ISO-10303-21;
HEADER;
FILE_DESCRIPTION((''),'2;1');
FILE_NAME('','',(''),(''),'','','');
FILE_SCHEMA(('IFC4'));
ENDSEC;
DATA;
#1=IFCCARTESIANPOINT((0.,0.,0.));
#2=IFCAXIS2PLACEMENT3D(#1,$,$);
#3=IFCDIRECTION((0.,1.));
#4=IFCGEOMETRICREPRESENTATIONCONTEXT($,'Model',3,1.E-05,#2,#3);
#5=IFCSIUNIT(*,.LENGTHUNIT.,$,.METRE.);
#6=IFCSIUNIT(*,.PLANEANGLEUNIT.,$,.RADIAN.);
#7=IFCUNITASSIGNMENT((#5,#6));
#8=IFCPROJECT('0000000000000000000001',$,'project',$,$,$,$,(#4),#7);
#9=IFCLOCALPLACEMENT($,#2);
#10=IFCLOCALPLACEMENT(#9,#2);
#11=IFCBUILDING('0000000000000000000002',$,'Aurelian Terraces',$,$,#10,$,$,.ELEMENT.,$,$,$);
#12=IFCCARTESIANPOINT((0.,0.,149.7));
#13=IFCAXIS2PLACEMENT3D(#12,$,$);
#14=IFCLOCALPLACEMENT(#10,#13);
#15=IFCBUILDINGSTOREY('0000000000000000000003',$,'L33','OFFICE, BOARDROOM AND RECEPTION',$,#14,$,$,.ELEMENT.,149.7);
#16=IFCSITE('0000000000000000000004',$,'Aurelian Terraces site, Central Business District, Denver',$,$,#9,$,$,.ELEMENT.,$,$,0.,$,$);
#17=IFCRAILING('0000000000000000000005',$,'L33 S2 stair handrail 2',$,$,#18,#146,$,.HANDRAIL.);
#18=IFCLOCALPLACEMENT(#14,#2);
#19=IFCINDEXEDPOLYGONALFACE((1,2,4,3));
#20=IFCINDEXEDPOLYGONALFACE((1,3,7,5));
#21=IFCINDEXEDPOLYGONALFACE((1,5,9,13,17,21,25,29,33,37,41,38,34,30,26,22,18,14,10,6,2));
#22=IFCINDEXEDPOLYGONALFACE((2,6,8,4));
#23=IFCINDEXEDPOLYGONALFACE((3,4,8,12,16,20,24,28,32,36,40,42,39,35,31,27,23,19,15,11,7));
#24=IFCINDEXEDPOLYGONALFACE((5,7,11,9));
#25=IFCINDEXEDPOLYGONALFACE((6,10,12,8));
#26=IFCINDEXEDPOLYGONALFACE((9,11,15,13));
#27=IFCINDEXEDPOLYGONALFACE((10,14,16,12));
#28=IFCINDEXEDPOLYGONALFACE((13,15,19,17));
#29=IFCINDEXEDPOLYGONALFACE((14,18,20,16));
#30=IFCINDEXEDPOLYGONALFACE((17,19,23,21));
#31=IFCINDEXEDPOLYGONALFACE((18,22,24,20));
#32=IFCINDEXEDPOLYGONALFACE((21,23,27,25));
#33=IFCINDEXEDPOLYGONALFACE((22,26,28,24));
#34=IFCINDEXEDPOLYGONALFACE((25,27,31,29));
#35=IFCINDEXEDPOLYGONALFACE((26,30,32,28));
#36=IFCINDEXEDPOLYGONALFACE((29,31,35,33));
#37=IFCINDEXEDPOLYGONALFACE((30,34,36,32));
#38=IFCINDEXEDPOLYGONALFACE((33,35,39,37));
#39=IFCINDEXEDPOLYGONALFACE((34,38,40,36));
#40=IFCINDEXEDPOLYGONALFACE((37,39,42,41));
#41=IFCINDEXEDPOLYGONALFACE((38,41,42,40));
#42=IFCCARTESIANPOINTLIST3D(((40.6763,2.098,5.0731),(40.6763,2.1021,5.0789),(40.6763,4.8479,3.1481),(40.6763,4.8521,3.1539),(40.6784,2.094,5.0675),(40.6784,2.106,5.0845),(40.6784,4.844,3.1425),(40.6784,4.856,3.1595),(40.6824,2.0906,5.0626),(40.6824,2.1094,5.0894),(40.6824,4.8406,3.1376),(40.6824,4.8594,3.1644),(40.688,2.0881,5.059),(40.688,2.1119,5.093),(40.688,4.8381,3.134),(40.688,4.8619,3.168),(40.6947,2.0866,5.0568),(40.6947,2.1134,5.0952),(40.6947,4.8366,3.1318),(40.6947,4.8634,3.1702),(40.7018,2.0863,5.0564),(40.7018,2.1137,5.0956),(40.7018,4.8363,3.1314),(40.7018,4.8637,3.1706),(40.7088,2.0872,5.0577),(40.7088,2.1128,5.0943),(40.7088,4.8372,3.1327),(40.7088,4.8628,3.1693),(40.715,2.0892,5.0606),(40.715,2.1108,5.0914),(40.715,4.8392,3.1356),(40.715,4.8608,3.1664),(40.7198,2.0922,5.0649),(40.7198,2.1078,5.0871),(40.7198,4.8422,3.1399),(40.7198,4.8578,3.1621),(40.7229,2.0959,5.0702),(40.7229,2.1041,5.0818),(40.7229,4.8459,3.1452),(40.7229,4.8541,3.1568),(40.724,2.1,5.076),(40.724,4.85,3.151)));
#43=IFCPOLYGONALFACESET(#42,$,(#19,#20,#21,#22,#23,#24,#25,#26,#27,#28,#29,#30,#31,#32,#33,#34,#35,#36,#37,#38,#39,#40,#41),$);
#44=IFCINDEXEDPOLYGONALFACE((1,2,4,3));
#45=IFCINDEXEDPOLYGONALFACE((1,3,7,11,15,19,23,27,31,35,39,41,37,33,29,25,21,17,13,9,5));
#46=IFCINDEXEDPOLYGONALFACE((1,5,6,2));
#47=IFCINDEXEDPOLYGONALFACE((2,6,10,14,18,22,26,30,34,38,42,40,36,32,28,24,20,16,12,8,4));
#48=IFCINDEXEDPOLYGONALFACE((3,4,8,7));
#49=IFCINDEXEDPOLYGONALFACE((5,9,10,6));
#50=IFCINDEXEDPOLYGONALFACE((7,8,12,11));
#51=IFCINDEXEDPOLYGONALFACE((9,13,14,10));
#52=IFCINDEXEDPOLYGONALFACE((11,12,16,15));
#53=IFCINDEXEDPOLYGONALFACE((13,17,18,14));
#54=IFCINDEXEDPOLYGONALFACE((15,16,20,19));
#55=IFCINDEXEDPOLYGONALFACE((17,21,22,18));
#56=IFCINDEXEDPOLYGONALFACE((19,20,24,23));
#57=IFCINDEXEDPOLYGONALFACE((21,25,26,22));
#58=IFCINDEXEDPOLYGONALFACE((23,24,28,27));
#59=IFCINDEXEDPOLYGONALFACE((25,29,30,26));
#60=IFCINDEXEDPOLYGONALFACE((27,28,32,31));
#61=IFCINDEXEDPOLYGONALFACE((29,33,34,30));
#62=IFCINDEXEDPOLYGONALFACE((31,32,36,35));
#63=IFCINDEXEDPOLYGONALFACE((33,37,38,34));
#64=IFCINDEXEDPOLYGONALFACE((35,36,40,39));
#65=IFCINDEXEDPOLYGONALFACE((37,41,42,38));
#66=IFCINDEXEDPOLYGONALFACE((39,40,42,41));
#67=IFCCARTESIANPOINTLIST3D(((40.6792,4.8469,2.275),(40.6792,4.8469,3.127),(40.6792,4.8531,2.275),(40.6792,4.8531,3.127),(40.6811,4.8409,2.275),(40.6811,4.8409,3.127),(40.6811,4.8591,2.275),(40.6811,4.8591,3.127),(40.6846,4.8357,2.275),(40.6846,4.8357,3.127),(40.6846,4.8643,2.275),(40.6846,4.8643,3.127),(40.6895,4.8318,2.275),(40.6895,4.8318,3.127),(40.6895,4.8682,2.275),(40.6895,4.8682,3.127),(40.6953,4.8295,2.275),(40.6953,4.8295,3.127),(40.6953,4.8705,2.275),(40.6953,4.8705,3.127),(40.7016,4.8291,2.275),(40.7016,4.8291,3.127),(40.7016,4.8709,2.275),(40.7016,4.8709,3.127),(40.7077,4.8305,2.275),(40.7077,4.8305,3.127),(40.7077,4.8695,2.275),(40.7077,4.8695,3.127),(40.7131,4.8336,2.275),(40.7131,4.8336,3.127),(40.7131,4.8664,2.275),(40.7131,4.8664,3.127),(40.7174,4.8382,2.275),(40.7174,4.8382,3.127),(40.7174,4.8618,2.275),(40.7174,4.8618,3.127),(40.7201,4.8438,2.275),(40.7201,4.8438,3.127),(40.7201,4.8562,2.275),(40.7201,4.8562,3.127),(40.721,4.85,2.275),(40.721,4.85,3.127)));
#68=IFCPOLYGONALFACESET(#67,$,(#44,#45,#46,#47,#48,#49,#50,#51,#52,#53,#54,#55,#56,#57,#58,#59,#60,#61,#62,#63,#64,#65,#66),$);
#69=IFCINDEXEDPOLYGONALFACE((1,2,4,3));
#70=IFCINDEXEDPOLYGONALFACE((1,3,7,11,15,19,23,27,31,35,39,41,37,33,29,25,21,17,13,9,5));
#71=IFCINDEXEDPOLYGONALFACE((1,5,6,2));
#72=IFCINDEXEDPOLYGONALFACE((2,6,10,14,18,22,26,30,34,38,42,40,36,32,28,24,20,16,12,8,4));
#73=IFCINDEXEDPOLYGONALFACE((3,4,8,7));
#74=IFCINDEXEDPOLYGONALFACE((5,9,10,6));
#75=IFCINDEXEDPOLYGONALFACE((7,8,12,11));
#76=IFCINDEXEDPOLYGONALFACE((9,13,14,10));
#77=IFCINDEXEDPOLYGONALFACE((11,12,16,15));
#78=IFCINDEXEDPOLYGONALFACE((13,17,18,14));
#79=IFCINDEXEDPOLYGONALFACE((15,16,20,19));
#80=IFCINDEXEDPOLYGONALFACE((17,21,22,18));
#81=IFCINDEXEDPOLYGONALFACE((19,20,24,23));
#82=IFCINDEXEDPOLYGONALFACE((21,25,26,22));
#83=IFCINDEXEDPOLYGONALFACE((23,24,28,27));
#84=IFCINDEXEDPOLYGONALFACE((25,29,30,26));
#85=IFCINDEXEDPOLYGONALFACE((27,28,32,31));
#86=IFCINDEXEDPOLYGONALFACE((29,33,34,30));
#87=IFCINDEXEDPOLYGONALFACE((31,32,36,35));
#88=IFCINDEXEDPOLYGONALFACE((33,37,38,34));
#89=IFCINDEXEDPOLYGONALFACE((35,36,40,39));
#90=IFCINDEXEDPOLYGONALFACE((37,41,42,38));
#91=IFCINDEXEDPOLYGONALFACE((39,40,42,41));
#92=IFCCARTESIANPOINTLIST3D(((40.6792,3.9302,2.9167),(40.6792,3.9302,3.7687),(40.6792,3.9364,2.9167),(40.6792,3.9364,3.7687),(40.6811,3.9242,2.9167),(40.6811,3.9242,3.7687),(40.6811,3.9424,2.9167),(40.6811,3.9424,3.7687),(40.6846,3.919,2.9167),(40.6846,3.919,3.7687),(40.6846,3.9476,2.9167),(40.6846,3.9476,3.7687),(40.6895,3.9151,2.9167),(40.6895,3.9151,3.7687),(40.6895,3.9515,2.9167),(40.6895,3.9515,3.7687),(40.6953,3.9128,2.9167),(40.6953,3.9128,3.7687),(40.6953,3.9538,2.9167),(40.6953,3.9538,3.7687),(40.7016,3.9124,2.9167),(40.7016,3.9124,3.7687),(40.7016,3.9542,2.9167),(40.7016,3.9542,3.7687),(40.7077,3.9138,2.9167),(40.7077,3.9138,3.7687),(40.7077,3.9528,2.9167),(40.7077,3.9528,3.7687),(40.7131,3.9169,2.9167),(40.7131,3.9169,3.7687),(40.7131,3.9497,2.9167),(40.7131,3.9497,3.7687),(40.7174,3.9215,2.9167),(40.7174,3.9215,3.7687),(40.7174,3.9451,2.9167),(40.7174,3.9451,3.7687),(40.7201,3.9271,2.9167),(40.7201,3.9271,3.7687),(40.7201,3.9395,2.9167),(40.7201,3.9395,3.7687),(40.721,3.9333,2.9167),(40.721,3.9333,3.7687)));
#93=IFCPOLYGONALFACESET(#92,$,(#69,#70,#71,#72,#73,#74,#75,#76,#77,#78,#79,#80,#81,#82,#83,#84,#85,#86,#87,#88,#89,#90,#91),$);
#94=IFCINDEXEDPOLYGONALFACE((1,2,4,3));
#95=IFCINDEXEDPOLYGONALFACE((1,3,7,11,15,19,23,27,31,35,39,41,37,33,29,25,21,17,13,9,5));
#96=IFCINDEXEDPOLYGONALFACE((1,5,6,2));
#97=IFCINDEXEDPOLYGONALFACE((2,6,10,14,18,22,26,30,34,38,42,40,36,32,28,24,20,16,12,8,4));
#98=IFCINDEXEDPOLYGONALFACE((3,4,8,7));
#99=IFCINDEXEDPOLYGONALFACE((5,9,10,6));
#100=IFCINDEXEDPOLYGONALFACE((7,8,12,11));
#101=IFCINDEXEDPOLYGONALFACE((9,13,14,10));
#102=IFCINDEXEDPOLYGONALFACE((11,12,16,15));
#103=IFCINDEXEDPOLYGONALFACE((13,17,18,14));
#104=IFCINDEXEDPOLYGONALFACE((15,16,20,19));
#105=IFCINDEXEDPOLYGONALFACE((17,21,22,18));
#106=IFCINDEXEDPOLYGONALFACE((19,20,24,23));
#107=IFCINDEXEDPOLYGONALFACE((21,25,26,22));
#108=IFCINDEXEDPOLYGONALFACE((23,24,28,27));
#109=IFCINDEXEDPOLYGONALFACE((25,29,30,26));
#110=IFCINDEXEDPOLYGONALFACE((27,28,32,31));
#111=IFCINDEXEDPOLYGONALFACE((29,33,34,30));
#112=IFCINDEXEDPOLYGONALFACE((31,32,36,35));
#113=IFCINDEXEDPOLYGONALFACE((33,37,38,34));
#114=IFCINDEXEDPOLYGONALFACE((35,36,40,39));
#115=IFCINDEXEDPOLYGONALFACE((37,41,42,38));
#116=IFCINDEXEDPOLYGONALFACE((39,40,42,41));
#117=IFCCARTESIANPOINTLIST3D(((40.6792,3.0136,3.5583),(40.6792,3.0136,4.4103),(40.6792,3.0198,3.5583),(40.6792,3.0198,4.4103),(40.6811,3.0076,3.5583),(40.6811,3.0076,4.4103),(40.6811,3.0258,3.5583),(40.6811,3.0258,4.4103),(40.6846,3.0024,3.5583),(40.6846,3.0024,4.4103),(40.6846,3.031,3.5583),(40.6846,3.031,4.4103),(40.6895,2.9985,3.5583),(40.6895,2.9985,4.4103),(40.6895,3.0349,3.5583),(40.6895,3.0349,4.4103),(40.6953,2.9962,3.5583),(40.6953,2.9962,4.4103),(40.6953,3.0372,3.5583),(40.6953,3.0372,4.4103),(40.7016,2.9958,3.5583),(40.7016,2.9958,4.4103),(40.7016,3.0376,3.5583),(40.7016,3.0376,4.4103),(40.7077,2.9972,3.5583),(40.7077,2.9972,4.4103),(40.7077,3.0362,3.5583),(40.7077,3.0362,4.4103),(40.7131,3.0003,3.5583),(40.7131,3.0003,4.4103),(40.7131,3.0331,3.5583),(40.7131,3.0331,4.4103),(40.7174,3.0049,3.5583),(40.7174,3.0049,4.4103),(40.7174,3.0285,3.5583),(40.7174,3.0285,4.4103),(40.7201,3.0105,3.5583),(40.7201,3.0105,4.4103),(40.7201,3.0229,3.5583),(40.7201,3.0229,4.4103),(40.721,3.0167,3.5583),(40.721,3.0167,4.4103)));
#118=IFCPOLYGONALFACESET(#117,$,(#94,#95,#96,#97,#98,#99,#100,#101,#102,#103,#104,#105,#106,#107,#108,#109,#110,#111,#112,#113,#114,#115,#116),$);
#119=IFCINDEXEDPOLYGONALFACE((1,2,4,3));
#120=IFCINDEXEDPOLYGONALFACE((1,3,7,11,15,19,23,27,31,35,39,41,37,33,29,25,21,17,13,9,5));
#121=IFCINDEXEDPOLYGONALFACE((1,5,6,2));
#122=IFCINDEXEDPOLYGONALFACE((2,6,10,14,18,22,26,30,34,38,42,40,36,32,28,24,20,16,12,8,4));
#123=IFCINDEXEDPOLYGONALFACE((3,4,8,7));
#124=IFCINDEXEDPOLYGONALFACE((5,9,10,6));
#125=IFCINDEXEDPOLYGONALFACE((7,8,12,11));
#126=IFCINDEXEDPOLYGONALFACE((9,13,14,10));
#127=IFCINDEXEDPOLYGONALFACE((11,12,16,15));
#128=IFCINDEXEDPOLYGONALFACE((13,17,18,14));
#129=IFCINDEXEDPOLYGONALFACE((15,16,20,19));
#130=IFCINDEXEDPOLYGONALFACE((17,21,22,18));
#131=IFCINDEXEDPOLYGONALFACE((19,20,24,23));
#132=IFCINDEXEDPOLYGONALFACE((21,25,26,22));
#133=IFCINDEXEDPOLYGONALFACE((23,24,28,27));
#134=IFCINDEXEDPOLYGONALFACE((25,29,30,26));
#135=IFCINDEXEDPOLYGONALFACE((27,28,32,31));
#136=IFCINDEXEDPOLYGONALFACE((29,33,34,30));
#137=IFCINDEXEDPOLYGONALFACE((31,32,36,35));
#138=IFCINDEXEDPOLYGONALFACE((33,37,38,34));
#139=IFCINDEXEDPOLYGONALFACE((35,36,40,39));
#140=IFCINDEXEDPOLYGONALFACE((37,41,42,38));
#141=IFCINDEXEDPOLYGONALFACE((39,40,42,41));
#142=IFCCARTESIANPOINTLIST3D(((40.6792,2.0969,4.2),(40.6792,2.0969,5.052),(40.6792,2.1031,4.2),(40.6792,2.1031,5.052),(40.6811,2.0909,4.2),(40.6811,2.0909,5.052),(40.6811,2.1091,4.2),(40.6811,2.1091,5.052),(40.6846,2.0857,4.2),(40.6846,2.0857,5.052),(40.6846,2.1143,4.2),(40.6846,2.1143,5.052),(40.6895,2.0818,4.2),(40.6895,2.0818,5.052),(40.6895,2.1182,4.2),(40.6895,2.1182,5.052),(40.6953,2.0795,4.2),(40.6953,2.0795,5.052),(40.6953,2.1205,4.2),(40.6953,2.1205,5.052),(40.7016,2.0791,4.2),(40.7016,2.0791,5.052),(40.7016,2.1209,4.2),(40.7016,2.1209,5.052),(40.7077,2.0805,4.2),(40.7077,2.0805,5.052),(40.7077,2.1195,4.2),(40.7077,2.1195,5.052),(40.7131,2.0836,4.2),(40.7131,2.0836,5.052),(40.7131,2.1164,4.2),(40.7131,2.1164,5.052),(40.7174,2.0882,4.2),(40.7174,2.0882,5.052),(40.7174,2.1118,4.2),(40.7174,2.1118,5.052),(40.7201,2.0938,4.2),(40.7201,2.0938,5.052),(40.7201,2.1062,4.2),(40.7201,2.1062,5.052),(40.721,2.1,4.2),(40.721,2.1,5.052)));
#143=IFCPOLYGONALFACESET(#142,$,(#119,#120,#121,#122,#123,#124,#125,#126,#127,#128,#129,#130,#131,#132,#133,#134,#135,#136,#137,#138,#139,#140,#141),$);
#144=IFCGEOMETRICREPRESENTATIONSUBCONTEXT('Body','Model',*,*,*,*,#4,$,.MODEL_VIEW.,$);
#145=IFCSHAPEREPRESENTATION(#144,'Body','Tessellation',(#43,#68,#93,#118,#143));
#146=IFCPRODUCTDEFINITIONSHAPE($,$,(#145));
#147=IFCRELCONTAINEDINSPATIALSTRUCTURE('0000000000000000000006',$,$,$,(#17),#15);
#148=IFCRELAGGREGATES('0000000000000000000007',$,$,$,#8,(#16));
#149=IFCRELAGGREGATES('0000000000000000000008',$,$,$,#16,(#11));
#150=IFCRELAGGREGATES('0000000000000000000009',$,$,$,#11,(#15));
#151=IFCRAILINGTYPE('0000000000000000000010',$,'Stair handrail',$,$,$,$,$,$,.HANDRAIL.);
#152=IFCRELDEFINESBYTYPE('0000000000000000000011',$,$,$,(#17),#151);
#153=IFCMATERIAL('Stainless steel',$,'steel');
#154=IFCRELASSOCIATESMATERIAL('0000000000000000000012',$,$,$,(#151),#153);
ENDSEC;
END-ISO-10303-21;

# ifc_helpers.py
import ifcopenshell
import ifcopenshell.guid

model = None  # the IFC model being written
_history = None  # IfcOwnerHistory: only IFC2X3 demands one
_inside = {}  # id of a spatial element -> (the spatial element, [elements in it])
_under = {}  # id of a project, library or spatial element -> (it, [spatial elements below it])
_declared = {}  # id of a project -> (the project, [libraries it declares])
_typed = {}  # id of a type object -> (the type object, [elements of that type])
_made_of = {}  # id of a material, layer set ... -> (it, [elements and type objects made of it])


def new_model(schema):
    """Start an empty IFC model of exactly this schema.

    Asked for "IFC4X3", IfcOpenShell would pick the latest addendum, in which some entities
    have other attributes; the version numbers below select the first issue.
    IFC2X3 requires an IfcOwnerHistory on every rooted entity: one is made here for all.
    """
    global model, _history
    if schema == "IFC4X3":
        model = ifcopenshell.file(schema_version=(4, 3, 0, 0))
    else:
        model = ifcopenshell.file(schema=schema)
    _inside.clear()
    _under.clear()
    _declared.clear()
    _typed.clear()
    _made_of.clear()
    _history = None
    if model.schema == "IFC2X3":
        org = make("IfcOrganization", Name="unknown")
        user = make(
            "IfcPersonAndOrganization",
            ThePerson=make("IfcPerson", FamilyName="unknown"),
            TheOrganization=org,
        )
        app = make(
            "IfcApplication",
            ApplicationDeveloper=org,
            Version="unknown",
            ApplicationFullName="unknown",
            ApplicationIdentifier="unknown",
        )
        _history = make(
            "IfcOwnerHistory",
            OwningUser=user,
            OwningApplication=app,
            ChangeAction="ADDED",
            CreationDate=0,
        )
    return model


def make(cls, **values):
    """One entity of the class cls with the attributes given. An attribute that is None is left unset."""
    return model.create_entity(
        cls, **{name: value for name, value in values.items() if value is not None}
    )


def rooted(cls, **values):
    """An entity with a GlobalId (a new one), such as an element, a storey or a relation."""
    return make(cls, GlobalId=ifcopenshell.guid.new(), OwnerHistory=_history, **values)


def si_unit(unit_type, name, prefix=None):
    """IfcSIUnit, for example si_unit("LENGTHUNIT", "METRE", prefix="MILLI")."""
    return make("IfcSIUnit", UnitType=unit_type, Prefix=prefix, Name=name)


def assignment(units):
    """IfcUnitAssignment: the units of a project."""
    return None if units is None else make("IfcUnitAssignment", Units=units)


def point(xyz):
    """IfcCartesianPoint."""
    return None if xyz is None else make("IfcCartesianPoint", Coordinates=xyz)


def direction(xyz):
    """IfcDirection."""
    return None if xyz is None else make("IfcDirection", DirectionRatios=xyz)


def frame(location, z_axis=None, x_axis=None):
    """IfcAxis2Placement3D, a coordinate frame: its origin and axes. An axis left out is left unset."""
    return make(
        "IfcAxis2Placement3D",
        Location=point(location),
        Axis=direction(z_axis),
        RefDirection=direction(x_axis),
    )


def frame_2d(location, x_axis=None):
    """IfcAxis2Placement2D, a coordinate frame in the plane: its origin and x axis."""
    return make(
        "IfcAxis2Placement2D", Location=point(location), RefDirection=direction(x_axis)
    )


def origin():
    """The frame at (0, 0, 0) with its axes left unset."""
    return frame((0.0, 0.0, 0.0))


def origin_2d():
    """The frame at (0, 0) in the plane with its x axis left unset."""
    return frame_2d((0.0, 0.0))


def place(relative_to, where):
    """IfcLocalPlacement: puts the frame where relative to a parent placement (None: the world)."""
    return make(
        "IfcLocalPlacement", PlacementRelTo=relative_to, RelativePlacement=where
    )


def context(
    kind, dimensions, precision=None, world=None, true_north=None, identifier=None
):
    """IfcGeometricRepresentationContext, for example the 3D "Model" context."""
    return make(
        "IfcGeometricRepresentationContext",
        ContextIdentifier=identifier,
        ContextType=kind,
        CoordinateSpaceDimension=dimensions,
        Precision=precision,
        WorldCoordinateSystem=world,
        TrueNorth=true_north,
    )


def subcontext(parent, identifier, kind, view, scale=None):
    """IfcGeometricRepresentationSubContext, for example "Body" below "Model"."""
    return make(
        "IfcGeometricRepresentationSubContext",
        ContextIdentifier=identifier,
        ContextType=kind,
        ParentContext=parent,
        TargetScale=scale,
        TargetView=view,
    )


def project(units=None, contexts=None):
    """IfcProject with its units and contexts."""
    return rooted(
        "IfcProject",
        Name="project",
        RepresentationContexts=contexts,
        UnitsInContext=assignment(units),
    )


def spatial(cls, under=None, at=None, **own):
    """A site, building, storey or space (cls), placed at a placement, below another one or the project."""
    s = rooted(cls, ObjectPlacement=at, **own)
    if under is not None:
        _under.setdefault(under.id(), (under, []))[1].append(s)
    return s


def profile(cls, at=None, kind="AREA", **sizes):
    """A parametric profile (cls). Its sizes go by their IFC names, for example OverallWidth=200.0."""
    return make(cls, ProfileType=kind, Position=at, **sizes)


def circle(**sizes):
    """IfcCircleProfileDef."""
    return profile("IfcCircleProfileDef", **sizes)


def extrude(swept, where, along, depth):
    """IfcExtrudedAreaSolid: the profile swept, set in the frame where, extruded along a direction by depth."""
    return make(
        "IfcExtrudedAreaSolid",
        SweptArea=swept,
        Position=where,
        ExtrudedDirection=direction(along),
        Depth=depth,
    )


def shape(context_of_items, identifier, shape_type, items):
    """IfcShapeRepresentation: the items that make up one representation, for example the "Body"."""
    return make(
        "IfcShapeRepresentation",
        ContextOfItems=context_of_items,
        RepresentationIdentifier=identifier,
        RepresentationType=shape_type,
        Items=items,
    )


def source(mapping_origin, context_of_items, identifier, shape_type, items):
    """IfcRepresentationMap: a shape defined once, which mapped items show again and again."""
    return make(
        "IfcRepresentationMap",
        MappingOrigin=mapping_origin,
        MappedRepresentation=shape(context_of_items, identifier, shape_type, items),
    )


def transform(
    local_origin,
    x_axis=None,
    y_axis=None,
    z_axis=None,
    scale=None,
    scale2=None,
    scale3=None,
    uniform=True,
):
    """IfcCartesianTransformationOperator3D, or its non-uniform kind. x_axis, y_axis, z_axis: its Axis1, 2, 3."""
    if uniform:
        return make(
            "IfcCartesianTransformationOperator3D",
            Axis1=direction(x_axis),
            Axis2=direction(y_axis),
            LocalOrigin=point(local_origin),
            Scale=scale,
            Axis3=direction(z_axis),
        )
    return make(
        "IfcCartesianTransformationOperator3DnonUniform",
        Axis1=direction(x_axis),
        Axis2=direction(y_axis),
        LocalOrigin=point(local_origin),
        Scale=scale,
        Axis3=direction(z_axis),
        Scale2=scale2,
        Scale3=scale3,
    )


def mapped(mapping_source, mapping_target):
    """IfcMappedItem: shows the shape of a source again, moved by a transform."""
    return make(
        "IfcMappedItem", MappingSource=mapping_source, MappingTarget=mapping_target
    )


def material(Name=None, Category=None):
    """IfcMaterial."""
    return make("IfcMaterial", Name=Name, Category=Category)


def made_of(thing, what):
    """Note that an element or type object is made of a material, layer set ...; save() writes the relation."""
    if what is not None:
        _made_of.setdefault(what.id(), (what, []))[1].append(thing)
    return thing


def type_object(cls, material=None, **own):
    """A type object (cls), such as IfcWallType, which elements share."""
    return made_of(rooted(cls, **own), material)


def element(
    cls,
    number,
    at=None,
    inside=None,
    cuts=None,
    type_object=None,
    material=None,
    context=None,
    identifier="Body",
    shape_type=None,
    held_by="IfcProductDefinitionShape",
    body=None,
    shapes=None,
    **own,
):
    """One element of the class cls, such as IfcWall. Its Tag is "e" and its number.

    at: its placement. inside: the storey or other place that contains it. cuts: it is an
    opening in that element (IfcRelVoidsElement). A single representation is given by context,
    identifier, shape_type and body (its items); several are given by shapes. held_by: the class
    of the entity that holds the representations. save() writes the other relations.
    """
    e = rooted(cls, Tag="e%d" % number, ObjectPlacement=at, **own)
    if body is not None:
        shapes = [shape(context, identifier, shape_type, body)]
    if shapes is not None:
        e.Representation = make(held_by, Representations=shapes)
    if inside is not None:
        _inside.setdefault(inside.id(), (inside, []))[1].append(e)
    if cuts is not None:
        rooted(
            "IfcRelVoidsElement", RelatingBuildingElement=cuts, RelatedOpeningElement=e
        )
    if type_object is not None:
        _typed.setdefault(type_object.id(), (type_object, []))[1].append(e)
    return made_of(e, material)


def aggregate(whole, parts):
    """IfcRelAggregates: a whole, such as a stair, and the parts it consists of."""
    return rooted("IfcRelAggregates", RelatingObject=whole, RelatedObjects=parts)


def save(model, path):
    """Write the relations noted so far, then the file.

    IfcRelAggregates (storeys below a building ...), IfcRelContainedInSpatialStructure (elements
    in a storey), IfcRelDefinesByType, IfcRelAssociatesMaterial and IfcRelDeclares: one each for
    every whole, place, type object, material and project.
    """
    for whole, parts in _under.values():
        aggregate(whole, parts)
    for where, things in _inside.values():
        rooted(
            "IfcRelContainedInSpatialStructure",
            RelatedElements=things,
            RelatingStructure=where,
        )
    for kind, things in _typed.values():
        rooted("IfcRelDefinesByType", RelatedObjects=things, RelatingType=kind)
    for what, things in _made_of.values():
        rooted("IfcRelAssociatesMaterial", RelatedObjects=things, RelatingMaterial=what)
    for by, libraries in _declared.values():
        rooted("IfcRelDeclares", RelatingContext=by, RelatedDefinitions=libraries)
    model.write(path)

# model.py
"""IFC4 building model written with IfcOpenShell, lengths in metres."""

from ifc_helpers import new_model, si_unit, direction, frame, origin, origin_2d, place, context, subcontext, project, spatial, circle, extrude, source, transform, mapped, material, type_object, element, save


model = new_model("IFC4")

# Units and contexts
model_context = context("Model", 3, precision=1e-05, world=origin(), true_north=direction((0.0, 1.0)))
body_context = subcontext(model_context, "Body", "Model", "MODEL_VIEW")
ifc_project = project(units=[si_unit("LENGTHUNIT", "METRE"), si_unit("PLANEANGLEUNIT", "RADIAN")], contexts=[model_context])

# Site, building, storey
site_placement = place(None, origin())
site = spatial("IfcSite", under=ifc_project, at=site_placement, Name="Aurelian Terraces site, Central Business District, Denver", CompositionType="ELEMENT", RefElevation=0.0)
building_placement = place(site_placement, origin())
building = spatial("IfcBuilding", under=site, at=building_placement, Name="Aurelian Terraces", CompositionType="ELEMENT")
storey_placement = place(building_placement, frame((0.0, 0.0, 149.7)))
storey = spatial("IfcBuildingStorey", under=building, at=storey_placement, Name="L33", Description="OFFICE, BOARDROOM AND RECEPTION", CompositionType="ELEMENT", Elevation=149.7)

# Railing
ifc_material_1 = material(Name="Stainless steel", Category="steel")
railing_type_1 = type_object("IfcRailingType", Name="Stair handrail", PredefinedType="HANDRAIL", material=ifc_material_1)
shared_shape_1 = source(origin(), body_context, "Body", "SweptSolid", [
    extrude(circle(Radius=0.024, at=origin_2d()), frame((0.0, 0.0, 0.876), z_axis=(0.0, -0.819232, 0.573462), x_axis=(1.0, 0.0, 0.0)), (0.0, 0.0, 1.0), 3.3568),
    extrude(circle(Radius=0.021, at=origin_2d()), origin(), (0.0, 0.0, 1.0), 0.852),
    extrude(circle(Radius=0.021, at=origin_2d()), frame((0.0, -0.9167, 0.6417)), (0.0, 0.0, 1.0), 0.852),
    extrude(circle(Radius=0.021, at=origin_2d()), frame((0.0, -1.8333, 1.2833)), (0.0, 0.0, 1.0), 0.852),
    extrude(circle(Radius=0.021, at=origin_2d()), frame((0.0, -2.75, 1.925)), (0.0, 0.0, 1.0), 0.852),
])
railing_1_placement = place(storey_placement, frame((40.7, 4.85, 2.275)))
element("IfcRailing", 1, at=railing_1_placement, inside=storey, type_object=railing_type_1, Name="L33 S2 stair handrail 2", PredefinedType="HANDRAIL", context=body_context, shape_type="MappedRepresentation", body=[
    mapped(shared_shape_1, transform((0.0, 0.0, 0.0), scale=1.0)),
])

save(model, "model.ifc")
